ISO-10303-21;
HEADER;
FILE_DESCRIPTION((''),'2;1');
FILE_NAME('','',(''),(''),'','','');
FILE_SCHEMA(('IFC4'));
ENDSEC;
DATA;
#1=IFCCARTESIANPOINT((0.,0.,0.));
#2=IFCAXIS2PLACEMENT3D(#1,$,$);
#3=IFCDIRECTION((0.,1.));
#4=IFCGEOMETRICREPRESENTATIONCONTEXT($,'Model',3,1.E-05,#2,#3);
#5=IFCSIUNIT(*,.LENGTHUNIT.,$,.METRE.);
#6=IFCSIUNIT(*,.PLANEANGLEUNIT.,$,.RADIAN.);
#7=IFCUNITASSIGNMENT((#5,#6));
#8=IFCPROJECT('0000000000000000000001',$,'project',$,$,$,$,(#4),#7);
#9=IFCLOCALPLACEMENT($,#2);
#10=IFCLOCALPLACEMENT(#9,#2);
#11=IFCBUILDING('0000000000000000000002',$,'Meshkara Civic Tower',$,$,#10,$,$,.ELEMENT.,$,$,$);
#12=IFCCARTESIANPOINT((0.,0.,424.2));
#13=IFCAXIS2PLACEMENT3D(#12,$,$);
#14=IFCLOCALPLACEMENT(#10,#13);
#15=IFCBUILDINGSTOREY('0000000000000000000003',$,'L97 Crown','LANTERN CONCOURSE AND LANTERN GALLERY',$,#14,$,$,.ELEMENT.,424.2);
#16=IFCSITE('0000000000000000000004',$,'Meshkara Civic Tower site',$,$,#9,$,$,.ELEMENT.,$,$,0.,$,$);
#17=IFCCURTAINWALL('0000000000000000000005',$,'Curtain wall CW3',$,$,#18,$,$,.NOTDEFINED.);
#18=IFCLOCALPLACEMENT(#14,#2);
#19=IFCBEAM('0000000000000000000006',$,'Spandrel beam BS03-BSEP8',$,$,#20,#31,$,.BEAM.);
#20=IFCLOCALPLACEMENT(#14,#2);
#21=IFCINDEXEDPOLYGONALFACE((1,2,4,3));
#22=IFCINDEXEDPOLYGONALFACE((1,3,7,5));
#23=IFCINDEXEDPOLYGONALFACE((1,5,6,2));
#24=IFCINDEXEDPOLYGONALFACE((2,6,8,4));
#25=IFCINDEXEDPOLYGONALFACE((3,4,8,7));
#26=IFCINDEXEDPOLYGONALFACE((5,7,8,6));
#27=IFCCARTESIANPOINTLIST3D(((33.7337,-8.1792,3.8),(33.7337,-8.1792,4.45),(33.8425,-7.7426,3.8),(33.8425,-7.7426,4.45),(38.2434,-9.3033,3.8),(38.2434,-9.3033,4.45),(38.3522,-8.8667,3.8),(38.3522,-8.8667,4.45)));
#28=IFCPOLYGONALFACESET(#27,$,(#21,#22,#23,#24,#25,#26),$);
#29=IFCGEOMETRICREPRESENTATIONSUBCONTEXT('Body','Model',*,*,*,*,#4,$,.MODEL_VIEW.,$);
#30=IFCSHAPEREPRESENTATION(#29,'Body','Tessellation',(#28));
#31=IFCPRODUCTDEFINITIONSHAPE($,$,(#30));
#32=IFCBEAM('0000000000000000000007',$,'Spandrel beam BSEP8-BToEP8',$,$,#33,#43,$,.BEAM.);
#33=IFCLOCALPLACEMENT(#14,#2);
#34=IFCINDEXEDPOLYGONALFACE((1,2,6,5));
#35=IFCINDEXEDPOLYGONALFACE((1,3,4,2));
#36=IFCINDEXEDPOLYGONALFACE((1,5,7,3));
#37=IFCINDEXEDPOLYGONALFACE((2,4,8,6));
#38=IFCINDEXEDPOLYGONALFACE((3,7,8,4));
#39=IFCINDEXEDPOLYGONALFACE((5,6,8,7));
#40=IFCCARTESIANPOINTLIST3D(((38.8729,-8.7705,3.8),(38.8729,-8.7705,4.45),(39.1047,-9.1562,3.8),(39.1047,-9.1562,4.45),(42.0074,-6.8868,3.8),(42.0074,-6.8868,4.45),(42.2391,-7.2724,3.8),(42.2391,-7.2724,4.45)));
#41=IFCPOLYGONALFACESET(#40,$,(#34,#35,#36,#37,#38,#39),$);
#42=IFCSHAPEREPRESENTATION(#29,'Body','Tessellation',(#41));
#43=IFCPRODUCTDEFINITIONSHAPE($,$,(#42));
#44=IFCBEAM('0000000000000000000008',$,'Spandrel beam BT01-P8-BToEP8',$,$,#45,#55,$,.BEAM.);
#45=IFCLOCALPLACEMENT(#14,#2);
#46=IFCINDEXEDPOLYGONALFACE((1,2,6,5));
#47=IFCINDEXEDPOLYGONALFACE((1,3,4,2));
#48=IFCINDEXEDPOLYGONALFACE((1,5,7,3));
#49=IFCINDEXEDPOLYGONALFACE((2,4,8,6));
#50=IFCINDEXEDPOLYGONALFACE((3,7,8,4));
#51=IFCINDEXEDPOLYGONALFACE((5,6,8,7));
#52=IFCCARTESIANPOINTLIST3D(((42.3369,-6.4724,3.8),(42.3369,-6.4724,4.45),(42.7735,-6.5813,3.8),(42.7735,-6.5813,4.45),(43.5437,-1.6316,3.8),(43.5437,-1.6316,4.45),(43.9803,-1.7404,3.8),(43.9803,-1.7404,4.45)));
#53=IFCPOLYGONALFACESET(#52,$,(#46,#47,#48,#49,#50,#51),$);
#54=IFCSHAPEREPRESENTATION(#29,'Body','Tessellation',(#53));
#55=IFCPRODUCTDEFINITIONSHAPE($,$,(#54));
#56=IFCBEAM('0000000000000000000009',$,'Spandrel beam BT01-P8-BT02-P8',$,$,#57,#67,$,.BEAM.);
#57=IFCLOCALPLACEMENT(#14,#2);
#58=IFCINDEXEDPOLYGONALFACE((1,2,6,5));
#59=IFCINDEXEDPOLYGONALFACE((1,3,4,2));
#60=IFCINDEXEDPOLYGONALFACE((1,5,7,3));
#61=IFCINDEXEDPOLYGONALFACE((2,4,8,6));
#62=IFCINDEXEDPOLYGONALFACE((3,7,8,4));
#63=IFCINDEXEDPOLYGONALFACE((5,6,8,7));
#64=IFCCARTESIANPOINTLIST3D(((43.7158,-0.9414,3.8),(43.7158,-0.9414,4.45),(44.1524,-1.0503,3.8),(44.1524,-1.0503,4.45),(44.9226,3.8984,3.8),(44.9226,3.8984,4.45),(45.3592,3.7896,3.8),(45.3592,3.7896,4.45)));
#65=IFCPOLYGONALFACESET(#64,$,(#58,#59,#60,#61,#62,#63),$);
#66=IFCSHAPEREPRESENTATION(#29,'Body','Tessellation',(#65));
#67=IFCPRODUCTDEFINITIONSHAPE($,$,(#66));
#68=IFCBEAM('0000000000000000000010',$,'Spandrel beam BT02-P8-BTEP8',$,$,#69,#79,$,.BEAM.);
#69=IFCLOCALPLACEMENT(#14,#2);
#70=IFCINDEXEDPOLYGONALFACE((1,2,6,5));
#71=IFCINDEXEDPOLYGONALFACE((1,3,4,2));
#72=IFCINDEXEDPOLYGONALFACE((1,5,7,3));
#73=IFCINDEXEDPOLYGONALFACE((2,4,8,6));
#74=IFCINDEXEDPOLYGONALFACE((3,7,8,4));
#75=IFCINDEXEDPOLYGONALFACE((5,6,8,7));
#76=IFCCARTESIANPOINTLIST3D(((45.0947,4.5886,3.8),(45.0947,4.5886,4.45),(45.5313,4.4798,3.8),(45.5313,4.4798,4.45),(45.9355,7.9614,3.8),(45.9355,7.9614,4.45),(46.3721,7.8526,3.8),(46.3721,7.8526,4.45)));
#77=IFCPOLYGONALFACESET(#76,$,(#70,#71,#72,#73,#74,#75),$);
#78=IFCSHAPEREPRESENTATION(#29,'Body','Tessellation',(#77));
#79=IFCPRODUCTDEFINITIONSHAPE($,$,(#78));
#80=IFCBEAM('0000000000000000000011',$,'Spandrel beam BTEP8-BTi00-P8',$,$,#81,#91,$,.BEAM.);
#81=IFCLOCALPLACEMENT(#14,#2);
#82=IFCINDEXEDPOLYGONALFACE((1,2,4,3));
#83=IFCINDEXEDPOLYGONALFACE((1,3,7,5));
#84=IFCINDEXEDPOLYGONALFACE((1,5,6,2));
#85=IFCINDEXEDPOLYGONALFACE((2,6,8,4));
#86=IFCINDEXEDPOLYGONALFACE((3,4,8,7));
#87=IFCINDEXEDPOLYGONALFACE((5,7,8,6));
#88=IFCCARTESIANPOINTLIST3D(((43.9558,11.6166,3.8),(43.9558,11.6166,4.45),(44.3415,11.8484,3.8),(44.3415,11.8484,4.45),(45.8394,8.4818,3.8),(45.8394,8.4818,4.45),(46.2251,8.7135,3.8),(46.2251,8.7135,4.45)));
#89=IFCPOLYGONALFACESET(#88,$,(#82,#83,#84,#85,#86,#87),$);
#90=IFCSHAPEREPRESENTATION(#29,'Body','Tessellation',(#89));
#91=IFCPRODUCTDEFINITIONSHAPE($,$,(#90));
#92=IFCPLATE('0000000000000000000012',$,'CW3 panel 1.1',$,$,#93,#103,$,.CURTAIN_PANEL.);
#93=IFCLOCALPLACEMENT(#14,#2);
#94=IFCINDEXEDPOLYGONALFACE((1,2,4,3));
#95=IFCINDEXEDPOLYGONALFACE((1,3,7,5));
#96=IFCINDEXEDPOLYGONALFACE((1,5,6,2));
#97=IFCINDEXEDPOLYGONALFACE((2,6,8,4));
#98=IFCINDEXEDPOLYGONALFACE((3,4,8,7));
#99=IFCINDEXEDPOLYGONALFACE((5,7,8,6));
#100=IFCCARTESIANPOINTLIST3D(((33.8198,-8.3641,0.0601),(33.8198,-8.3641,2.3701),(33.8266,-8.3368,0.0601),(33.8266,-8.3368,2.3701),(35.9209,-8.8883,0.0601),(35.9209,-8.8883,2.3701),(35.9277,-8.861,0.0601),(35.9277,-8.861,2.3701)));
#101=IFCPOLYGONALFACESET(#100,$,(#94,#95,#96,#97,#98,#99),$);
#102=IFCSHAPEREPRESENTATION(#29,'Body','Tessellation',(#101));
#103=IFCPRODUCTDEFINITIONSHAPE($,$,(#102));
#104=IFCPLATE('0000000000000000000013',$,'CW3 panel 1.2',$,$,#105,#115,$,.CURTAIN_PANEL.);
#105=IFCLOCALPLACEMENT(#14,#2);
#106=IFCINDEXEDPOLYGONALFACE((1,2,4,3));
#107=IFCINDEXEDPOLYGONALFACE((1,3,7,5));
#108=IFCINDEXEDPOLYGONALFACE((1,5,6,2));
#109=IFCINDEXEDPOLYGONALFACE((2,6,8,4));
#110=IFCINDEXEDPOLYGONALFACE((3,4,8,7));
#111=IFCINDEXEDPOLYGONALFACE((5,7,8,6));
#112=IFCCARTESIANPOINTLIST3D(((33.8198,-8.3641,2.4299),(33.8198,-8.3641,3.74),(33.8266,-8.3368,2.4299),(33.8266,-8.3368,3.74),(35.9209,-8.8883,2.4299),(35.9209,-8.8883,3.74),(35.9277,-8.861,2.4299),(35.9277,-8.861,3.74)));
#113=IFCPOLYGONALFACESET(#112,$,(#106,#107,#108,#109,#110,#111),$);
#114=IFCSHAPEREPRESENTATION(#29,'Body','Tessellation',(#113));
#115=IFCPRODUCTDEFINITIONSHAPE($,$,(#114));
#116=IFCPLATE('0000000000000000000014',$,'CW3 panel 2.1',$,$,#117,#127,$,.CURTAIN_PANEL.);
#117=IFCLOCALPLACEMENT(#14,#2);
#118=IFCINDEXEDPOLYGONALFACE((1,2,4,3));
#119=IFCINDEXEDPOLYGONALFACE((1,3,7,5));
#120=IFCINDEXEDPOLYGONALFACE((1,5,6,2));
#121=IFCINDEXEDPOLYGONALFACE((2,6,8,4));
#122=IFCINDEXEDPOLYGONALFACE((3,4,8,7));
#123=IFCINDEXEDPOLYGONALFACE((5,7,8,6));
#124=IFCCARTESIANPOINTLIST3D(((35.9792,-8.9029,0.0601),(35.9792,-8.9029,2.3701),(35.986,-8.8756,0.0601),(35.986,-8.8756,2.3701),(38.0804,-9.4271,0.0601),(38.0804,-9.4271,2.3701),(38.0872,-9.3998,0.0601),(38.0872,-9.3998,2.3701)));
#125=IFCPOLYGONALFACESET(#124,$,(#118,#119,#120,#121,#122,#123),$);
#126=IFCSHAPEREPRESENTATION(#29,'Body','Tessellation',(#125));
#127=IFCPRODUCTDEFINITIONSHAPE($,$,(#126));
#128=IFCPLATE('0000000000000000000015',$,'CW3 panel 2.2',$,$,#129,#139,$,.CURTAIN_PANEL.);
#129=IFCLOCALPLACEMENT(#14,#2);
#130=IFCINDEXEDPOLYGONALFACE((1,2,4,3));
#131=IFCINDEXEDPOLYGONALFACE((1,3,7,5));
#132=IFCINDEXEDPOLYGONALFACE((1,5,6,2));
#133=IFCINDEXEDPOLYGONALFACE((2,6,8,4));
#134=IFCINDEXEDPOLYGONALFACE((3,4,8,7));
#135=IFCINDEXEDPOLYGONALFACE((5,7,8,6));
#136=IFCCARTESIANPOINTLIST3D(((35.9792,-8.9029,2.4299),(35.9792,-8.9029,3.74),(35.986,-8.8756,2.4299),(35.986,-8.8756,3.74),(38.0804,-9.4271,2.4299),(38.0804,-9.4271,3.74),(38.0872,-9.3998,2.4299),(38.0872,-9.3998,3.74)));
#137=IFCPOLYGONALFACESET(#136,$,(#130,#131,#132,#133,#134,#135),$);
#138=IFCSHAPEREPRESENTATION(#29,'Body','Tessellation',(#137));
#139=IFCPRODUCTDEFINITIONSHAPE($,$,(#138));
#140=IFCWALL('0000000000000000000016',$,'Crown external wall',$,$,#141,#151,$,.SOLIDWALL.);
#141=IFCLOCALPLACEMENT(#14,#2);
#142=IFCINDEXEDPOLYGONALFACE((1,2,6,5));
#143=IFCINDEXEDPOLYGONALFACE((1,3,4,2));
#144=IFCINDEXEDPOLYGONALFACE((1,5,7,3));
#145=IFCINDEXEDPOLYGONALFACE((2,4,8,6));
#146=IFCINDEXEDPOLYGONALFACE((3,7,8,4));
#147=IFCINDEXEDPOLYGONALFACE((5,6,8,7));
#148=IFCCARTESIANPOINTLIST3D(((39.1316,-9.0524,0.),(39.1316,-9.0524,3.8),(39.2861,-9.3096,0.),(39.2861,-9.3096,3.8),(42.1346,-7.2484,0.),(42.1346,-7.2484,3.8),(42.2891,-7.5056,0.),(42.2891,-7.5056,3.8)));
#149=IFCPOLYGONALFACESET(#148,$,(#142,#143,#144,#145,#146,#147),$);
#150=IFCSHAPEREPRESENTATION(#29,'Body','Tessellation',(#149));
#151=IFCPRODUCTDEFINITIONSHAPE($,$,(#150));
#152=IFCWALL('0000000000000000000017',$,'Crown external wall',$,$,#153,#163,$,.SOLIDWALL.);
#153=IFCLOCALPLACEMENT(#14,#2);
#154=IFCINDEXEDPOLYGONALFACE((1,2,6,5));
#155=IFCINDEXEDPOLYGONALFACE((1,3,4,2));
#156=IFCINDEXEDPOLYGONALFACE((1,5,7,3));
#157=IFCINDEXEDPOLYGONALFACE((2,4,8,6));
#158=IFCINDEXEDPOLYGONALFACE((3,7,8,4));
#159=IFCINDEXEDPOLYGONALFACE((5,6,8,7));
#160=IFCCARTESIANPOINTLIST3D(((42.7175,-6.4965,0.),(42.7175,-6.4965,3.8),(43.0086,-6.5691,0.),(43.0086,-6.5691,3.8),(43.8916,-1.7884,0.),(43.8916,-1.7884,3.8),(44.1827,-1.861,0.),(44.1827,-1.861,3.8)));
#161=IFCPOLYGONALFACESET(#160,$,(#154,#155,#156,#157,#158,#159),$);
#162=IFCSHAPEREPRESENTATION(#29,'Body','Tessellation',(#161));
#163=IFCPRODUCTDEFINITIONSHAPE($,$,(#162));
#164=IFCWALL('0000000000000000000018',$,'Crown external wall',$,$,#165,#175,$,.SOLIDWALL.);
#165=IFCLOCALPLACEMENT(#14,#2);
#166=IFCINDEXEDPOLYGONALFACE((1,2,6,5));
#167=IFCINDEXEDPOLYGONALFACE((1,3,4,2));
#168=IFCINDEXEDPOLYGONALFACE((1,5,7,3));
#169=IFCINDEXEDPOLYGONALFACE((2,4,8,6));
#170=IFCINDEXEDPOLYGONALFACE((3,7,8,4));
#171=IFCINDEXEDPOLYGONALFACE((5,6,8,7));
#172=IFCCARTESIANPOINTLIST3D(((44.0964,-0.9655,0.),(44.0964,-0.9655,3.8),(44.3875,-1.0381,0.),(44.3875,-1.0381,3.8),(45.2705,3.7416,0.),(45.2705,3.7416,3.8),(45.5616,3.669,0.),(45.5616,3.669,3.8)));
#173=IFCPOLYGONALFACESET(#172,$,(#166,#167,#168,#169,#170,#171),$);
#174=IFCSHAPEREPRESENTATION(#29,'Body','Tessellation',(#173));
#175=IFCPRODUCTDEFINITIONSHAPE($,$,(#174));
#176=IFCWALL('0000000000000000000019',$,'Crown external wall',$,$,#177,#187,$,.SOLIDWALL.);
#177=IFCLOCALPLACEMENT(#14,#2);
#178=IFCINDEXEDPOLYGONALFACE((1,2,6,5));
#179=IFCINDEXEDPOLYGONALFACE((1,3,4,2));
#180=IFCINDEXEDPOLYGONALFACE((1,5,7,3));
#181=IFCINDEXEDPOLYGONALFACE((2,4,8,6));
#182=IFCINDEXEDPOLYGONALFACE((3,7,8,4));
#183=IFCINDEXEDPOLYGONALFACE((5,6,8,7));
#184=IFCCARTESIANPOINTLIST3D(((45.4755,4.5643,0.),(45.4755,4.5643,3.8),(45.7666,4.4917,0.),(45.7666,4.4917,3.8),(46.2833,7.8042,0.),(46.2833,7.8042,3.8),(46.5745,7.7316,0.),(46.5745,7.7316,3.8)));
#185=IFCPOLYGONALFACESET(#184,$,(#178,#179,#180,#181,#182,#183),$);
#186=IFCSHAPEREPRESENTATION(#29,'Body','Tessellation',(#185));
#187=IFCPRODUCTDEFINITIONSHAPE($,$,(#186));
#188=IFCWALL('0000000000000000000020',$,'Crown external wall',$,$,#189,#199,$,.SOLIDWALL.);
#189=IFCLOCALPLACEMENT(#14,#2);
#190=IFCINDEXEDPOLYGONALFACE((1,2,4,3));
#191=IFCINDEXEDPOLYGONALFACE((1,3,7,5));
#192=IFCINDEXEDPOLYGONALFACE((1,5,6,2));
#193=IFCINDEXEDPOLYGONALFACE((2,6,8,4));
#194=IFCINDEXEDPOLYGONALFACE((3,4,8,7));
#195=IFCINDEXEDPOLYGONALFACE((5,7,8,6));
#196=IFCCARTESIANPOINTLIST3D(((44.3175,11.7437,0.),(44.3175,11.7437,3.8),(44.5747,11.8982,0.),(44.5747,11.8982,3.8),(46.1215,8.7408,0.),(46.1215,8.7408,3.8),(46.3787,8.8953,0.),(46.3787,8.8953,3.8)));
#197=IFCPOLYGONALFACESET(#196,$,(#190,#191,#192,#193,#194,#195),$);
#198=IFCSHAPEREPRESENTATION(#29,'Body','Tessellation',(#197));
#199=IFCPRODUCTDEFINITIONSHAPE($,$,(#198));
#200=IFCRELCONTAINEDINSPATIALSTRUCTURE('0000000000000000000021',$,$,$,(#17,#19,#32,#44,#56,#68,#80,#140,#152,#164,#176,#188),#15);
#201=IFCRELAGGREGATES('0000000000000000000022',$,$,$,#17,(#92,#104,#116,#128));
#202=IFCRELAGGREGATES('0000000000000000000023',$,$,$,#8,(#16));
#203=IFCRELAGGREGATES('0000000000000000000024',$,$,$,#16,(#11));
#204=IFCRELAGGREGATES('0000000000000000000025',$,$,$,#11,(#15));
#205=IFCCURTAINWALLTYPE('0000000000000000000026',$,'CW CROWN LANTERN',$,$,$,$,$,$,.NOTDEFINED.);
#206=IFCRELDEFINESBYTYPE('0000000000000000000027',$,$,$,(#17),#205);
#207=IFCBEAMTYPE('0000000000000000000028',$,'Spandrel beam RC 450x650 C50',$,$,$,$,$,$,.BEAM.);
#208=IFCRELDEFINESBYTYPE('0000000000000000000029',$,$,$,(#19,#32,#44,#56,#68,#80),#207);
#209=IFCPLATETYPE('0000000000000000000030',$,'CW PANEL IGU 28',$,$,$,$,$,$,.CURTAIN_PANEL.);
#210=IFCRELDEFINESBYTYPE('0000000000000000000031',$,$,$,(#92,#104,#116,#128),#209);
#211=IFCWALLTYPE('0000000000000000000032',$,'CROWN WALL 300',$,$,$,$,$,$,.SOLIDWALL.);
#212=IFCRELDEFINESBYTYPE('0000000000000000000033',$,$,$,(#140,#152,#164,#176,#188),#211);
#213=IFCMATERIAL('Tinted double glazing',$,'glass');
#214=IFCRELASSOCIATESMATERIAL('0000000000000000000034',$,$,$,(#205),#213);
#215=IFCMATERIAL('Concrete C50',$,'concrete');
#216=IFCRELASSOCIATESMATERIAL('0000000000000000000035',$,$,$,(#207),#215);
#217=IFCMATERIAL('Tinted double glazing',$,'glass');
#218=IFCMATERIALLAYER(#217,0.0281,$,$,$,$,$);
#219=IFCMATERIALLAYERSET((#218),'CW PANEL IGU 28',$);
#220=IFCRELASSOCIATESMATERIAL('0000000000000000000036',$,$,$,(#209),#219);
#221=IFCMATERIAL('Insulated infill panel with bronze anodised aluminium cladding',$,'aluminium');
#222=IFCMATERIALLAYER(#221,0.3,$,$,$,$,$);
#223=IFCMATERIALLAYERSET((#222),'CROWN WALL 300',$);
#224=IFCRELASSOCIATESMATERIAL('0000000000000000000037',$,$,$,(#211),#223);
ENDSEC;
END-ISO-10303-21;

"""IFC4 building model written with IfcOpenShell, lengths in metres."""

from ifc_helpers import new_model, si_unit, direction, frame, frame_2d, origin, origin_2d, place, context, subcontext, project, spatial, rectangle, extrude, material, layer, layer_set, material_profile, profile_set, type_object, element, aggregate, save


model = new_model("IFC4")

# Units and contexts
model_context = context("Model", 3, precision=1e-05, world=origin(), true_north=direction((0.0, 1.0)))
body_context = subcontext(model_context, "Body", "Model", "MODEL_VIEW")
ifc_project = project(units=[si_unit("LENGTHUNIT", "METRE"), si_unit("PLANEANGLEUNIT", "RADIAN")], contexts=[model_context])

# Site, building, storey
site_placement = place(None, origin())
site = spatial("IfcSite", under=ifc_project, at=site_placement, Name="Meshkara Civic Tower site", CompositionType="ELEMENT", RefElevation=0.0)
building_placement = place(site_placement, origin())
building = spatial("IfcBuilding", under=site, at=building_placement, Name="Meshkara Civic Tower", CompositionType="ELEMENT")
storey_placement = place(building_placement, frame((0.0, 0.0, 424.2)))
storey = spatial("IfcBuildingStorey", under=building, at=storey_placement, Name="L97 Crown", Description="LANTERN CONCOURSE AND LANTERN GALLERY", CompositionType="ELEMENT", Elevation=424.2)

# Curtain wall
ifc_material_1 = material(Name="Tinted double glazing", Category="glass")
curtain_wall_type = type_object("IfcCurtainWallType", Name="CW CROWN LANTERN", PredefinedType="NOTDEFINED", material=ifc_material_1)
curtain_wall_placement = place(storey_placement, origin())
curtain_wall = element("IfcCurtainWall", 1, at=curtain_wall_placement, inside=storey, type_object=curtain_wall_type, Name="Curtain wall CW3", PredefinedType="NOTDEFINED")

# Beams
ifc_material_2 = material(Name="Concrete C50", Category="concrete")
ifc_material_profile_1 = material_profile(ifc_material_2, rectangle(XDim=0.45, YDim=0.6499, at=origin_2d()))
ifc_profile_set_1 = profile_set([ifc_material_profile_1], Name="Concrete C50")
beam_type = type_object("IfcBeamType", Name="Spandrel beam RC 450x650 C50", PredefinedType="BEAM", material=ifc_profile_set_1)
beam_1_placement = place(storey_placement, frame((33.7881, -7.9609, 4.125), z_axis=(0.970315, -0.241843, 0.0), x_axis=(0.241843, 0.970315, 0.0)))
element("IfcBeam", 2, at=beam_1_placement, inside=storey, type_object=beam_type, Name="Spandrel beam BS03-BSEP8", PredefinedType="BEAM", context=body_context, shape_type="SweptSolid", body=[
    extrude(rectangle(XDim=0.45, YDim=0.6499, at=origin_2d()), origin(), (0.0, 0.0, 1.0), 4.6477),
])
beam_2_placement = place(storey_placement, frame((38.9888, -8.9634, 4.125), z_axis=(0.857122, 0.515114, 0.0), x_axis=(-0.515114, 0.857122, 0.0)))
element("IfcBeam", 3, at=beam_2_placement, inside=storey, type_object=beam_type, Name="Spandrel beam BSEP8-BToEP8", PredefinedType="BEAM", context=body_context, shape_type="SweptSolid", body=[
    extrude(rectangle(XDim=0.45, YDim=0.6499, at=origin_2d()), origin(), (0.0, 0.0, 1.0), 3.657),
])
beam_3_placement = place(storey_placement, frame((42.5552, -6.5269, 4.125), z_axis=(0.241891, 0.970303, 0.0), x_axis=(-0.970303, 0.241891, 0.0)))
element("IfcBeam", 4, at=beam_3_placement, inside=storey, type_object=beam_type, Name="Spandrel beam BT01-P8-BToEP8", PredefinedType="BEAM", context=body_context, shape_type="SweptSolid", body=[
    extrude(rectangle(XDim=0.45, YDim=0.6499, at=origin_2d()), origin(), (0.0, 0.0, 1.0), 4.989),
])
beam_4_placement = place(storey_placement, frame((43.9341, -0.9958, 4.125), z_axis=(0.241937, 0.970292, 0.0), x_axis=(-0.970292, 0.241937, 0.0)))
element("IfcBeam", 5, at=beam_4_placement, inside=storey, type_object=beam_type, Name="Spandrel beam BT01-P8-BT02-P8", PredefinedType="BEAM", context=body_context, shape_type="SweptSolid", body=[
    extrude(rectangle(XDim=0.45, YDim=0.6499, at=origin_2d()), origin(), (0.0, 0.0, 1.0), 4.988),
])
beam_5_placement = place(storey_placement, frame((45.313, 4.5342, 4.125), z_axis=(0.241891, 0.970303, 0.0), x_axis=(-0.970303, 0.241891, 0.0)))
element("IfcBeam", 6, at=beam_5_placement, inside=storey, type_object=beam_type, Name="Spandrel beam BT02-P8-BTEP8", PredefinedType="BEAM", context=body_context, shape_type="SweptSolid", body=[
    extrude(rectangle(XDim=0.45, YDim=0.6499, at=origin_2d()), origin(), (0.0, 0.0, 1.0), 3.4761),
])
beam_6_placement = place(storey_placement, frame((46.0322, 8.5977, 4.125), z_axis=(-0.515036, 0.857169, 0.0), x_axis=(-0.857169, -0.515036, 0.0)))
element("IfcBeam", 7, at=beam_6_placement, inside=storey, type_object=beam_type, Name="Spandrel beam BTEP8-BTi00-P8", PredefinedType="BEAM", context=body_context, shape_type="SweptSolid", body=[
    extrude(rectangle(XDim=0.45, YDim=0.6499, at=origin_2d()), origin(), (0.0, 0.0, 1.0), 3.6572),
])

# Plates
ifc_material_3 = material(Name="Tinted double glazing", Category="glass")
ifc_layer_1 = layer(ifc_material_3, 0.0281)
ifc_layer_set_1 = layer_set([ifc_layer_1], Name="CW PANEL IGU 28")
plate_type = type_object("IfcPlateType", Name="CW PANEL IGU 28", PredefinedType="CURTAIN_PANEL", material=ifc_layer_set_1)
plate_1_placement = place(storey_placement, frame((34.8738, -8.6125, 0.0601), z_axis=(0.0, 0.0, 1.0), x_axis=(0.97026, -0.242066, 0.0)))
plate_1 = element("IfcPlate", 8, at=plate_1_placement, type_object=plate_type, Name="CW3 panel 1.1", PredefinedType="CURTAIN_PANEL", context=body_context, shape_type="SweptSolid", body=[
    extrude(rectangle(XDim=2.1655, YDim=0.0281, at=origin_2d()), origin(), (0.0, 0.0, 1.0), 2.3101),
])
plate_2_placement = place(storey_placement, frame((34.8738, -8.6125, 2.4299), z_axis=(0.0, 0.0, 1.0), x_axis=(0.97026, -0.242066, 0.0)))
plate_2 = element("IfcPlate", 9, at=plate_2_placement, type_object=plate_type, Name="CW3 panel 1.2", PredefinedType="CURTAIN_PANEL", context=body_context, shape_type="SweptSolid", body=[
    extrude(rectangle(XDim=2.1655, YDim=0.0281, at=origin_2d()), origin(), (0.0, 0.0, 1.0), 1.3101),
])
plate_3_placement = place(storey_placement, frame((37.0332, -9.1514, 0.0601), z_axis=(0.0, 0.0, 1.0), x_axis=(0.97026, -0.242066, 0.0)))
plate_3 = element("IfcPlate", 10, at=plate_3_placement, type_object=plate_type, Name="CW3 panel 2.1", PredefinedType="CURTAIN_PANEL", context=body_context, shape_type="SweptSolid", body=[
    extrude(rectangle(XDim=2.1655, YDim=0.0281, at=origin_2d()), origin(), (0.0, 0.0, 1.0), 2.3101),
])
plate_4_placement = place(storey_placement, frame((37.0332, -9.1514, 2.4299), z_axis=(0.0, 0.0, 1.0), x_axis=(0.97026, -0.242066, 0.0)))
plate_4 = element("IfcPlate", 11, at=plate_4_placement, type_object=plate_type, Name="CW3 panel 2.2", PredefinedType="CURTAIN_PANEL", context=body_context, shape_type="SweptSolid", body=[
    extrude(rectangle(XDim=2.1655, YDim=0.0281, at=origin_2d()), origin(), (0.0, 0.0, 1.0), 1.3101),
])
aggregate(curtain_wall, [plate_1, plate_2, plate_3, plate_4])

# Walls
ifc_material_4 = material(Name="Insulated infill panel with bronze anodised aluminium cladding", Category="aluminium")
ifc_layer_2 = layer(ifc_material_4, 0.3)
ifc_layer_set_2 = layer_set([ifc_layer_2], Name="CROWN WALL 300")
wall_type_1 = type_object("IfcWallType", Name="CROWN WALL 300", PredefinedType="SOLIDWALL", material=ifc_layer_set_2)
wall_1_placement = place(storey_placement, frame((39.209, -9.1809, 0.0), z_axis=(0.0, 0.0, 1.0), x_axis=(0.857216, 0.514957, 0.0)))
element("IfcWall", 12, at=wall_1_placement, inside=storey, type_object=wall_type_1, Name="Crown external wall", PredefinedType="SOLIDWALL", context=body_context, shape_type="SweptSolid", body=[
    extrude(rectangle(XDim=3.5032, YDim=0.3, at=frame_2d((1.7515, 0.0))), origin(), (0.0, 0.0, 1.0), 3.8),
])
wall_2_placement = place(storey_placement, frame((42.863, -6.533, 0.0), z_axis=(0.0, 0.0, 1.0), x_axis=(0.241967, 0.970284, 0.0)))
element("IfcWall", 13, at=wall_2_placement, inside=storey, type_object=wall_type_1, Name="Crown external wall", PredefinedType="SOLIDWALL", context=body_context, shape_type="SweptSolid", body=[
    extrude(rectangle(XDim=4.8523, YDim=0.3, at=frame_2d((2.4263, 0.0))), origin(), (0.0, 0.0, 1.0), 3.8),
])
wall_3_placement = place(storey_placement, frame((44.2419, -1.002, 0.0), z_axis=(0.0, 0.0, 1.0), x_axis=(0.242015, 0.970273, 0.0)))
element("IfcWall", 14, at=wall_3_placement, inside=storey, type_object=wall_type_1, Name="Crown external wall", PredefinedType="SOLIDWALL", context=body_context, shape_type="SweptSolid", body=[
    extrude(rectangle(XDim=4.8513, YDim=0.3, at=frame_2d((2.4258, 0.0))), origin(), (0.0, 0.0, 1.0), 3.8),
])
wall_4_placement = place(storey_placement, frame((45.6211, 4.5281, 0.0), z_axis=(0.0, 0.0, 1.0), x_axis=(0.241933, 0.970293, 0.0)))
element("IfcWall", 15, at=wall_4_placement, inside=storey, type_object=wall_type_1, Name="Crown external wall", PredefinedType="SOLIDWALL", context=body_context, shape_type="SweptSolid", body=[
    extrude(rectangle(XDim=3.3391, YDim=0.3, at=frame_2d((1.6694, 0.0))), origin(), (0.0, 0.0, 1.0), 3.8),
])
wall_5_placement = place(storey_placement, frame((46.25, 8.8181, 0.0), z_axis=(0.0, 0.0, 1.0), x_axis=(-0.514957, 0.857216, 0.0)))
element("IfcWall", 16, at=wall_5_placement, inside=storey, type_object=wall_type_1, Name="Crown external wall", PredefinedType="SOLIDWALL", context=body_context, shape_type="SweptSolid", body=[
    extrude(rectangle(XDim=3.5032, YDim=0.3, at=frame_2d((1.7515, 0.0))), origin(), (0.0, 0.0, 1.0), 3.8),
])

save(model, "model.ifc")
